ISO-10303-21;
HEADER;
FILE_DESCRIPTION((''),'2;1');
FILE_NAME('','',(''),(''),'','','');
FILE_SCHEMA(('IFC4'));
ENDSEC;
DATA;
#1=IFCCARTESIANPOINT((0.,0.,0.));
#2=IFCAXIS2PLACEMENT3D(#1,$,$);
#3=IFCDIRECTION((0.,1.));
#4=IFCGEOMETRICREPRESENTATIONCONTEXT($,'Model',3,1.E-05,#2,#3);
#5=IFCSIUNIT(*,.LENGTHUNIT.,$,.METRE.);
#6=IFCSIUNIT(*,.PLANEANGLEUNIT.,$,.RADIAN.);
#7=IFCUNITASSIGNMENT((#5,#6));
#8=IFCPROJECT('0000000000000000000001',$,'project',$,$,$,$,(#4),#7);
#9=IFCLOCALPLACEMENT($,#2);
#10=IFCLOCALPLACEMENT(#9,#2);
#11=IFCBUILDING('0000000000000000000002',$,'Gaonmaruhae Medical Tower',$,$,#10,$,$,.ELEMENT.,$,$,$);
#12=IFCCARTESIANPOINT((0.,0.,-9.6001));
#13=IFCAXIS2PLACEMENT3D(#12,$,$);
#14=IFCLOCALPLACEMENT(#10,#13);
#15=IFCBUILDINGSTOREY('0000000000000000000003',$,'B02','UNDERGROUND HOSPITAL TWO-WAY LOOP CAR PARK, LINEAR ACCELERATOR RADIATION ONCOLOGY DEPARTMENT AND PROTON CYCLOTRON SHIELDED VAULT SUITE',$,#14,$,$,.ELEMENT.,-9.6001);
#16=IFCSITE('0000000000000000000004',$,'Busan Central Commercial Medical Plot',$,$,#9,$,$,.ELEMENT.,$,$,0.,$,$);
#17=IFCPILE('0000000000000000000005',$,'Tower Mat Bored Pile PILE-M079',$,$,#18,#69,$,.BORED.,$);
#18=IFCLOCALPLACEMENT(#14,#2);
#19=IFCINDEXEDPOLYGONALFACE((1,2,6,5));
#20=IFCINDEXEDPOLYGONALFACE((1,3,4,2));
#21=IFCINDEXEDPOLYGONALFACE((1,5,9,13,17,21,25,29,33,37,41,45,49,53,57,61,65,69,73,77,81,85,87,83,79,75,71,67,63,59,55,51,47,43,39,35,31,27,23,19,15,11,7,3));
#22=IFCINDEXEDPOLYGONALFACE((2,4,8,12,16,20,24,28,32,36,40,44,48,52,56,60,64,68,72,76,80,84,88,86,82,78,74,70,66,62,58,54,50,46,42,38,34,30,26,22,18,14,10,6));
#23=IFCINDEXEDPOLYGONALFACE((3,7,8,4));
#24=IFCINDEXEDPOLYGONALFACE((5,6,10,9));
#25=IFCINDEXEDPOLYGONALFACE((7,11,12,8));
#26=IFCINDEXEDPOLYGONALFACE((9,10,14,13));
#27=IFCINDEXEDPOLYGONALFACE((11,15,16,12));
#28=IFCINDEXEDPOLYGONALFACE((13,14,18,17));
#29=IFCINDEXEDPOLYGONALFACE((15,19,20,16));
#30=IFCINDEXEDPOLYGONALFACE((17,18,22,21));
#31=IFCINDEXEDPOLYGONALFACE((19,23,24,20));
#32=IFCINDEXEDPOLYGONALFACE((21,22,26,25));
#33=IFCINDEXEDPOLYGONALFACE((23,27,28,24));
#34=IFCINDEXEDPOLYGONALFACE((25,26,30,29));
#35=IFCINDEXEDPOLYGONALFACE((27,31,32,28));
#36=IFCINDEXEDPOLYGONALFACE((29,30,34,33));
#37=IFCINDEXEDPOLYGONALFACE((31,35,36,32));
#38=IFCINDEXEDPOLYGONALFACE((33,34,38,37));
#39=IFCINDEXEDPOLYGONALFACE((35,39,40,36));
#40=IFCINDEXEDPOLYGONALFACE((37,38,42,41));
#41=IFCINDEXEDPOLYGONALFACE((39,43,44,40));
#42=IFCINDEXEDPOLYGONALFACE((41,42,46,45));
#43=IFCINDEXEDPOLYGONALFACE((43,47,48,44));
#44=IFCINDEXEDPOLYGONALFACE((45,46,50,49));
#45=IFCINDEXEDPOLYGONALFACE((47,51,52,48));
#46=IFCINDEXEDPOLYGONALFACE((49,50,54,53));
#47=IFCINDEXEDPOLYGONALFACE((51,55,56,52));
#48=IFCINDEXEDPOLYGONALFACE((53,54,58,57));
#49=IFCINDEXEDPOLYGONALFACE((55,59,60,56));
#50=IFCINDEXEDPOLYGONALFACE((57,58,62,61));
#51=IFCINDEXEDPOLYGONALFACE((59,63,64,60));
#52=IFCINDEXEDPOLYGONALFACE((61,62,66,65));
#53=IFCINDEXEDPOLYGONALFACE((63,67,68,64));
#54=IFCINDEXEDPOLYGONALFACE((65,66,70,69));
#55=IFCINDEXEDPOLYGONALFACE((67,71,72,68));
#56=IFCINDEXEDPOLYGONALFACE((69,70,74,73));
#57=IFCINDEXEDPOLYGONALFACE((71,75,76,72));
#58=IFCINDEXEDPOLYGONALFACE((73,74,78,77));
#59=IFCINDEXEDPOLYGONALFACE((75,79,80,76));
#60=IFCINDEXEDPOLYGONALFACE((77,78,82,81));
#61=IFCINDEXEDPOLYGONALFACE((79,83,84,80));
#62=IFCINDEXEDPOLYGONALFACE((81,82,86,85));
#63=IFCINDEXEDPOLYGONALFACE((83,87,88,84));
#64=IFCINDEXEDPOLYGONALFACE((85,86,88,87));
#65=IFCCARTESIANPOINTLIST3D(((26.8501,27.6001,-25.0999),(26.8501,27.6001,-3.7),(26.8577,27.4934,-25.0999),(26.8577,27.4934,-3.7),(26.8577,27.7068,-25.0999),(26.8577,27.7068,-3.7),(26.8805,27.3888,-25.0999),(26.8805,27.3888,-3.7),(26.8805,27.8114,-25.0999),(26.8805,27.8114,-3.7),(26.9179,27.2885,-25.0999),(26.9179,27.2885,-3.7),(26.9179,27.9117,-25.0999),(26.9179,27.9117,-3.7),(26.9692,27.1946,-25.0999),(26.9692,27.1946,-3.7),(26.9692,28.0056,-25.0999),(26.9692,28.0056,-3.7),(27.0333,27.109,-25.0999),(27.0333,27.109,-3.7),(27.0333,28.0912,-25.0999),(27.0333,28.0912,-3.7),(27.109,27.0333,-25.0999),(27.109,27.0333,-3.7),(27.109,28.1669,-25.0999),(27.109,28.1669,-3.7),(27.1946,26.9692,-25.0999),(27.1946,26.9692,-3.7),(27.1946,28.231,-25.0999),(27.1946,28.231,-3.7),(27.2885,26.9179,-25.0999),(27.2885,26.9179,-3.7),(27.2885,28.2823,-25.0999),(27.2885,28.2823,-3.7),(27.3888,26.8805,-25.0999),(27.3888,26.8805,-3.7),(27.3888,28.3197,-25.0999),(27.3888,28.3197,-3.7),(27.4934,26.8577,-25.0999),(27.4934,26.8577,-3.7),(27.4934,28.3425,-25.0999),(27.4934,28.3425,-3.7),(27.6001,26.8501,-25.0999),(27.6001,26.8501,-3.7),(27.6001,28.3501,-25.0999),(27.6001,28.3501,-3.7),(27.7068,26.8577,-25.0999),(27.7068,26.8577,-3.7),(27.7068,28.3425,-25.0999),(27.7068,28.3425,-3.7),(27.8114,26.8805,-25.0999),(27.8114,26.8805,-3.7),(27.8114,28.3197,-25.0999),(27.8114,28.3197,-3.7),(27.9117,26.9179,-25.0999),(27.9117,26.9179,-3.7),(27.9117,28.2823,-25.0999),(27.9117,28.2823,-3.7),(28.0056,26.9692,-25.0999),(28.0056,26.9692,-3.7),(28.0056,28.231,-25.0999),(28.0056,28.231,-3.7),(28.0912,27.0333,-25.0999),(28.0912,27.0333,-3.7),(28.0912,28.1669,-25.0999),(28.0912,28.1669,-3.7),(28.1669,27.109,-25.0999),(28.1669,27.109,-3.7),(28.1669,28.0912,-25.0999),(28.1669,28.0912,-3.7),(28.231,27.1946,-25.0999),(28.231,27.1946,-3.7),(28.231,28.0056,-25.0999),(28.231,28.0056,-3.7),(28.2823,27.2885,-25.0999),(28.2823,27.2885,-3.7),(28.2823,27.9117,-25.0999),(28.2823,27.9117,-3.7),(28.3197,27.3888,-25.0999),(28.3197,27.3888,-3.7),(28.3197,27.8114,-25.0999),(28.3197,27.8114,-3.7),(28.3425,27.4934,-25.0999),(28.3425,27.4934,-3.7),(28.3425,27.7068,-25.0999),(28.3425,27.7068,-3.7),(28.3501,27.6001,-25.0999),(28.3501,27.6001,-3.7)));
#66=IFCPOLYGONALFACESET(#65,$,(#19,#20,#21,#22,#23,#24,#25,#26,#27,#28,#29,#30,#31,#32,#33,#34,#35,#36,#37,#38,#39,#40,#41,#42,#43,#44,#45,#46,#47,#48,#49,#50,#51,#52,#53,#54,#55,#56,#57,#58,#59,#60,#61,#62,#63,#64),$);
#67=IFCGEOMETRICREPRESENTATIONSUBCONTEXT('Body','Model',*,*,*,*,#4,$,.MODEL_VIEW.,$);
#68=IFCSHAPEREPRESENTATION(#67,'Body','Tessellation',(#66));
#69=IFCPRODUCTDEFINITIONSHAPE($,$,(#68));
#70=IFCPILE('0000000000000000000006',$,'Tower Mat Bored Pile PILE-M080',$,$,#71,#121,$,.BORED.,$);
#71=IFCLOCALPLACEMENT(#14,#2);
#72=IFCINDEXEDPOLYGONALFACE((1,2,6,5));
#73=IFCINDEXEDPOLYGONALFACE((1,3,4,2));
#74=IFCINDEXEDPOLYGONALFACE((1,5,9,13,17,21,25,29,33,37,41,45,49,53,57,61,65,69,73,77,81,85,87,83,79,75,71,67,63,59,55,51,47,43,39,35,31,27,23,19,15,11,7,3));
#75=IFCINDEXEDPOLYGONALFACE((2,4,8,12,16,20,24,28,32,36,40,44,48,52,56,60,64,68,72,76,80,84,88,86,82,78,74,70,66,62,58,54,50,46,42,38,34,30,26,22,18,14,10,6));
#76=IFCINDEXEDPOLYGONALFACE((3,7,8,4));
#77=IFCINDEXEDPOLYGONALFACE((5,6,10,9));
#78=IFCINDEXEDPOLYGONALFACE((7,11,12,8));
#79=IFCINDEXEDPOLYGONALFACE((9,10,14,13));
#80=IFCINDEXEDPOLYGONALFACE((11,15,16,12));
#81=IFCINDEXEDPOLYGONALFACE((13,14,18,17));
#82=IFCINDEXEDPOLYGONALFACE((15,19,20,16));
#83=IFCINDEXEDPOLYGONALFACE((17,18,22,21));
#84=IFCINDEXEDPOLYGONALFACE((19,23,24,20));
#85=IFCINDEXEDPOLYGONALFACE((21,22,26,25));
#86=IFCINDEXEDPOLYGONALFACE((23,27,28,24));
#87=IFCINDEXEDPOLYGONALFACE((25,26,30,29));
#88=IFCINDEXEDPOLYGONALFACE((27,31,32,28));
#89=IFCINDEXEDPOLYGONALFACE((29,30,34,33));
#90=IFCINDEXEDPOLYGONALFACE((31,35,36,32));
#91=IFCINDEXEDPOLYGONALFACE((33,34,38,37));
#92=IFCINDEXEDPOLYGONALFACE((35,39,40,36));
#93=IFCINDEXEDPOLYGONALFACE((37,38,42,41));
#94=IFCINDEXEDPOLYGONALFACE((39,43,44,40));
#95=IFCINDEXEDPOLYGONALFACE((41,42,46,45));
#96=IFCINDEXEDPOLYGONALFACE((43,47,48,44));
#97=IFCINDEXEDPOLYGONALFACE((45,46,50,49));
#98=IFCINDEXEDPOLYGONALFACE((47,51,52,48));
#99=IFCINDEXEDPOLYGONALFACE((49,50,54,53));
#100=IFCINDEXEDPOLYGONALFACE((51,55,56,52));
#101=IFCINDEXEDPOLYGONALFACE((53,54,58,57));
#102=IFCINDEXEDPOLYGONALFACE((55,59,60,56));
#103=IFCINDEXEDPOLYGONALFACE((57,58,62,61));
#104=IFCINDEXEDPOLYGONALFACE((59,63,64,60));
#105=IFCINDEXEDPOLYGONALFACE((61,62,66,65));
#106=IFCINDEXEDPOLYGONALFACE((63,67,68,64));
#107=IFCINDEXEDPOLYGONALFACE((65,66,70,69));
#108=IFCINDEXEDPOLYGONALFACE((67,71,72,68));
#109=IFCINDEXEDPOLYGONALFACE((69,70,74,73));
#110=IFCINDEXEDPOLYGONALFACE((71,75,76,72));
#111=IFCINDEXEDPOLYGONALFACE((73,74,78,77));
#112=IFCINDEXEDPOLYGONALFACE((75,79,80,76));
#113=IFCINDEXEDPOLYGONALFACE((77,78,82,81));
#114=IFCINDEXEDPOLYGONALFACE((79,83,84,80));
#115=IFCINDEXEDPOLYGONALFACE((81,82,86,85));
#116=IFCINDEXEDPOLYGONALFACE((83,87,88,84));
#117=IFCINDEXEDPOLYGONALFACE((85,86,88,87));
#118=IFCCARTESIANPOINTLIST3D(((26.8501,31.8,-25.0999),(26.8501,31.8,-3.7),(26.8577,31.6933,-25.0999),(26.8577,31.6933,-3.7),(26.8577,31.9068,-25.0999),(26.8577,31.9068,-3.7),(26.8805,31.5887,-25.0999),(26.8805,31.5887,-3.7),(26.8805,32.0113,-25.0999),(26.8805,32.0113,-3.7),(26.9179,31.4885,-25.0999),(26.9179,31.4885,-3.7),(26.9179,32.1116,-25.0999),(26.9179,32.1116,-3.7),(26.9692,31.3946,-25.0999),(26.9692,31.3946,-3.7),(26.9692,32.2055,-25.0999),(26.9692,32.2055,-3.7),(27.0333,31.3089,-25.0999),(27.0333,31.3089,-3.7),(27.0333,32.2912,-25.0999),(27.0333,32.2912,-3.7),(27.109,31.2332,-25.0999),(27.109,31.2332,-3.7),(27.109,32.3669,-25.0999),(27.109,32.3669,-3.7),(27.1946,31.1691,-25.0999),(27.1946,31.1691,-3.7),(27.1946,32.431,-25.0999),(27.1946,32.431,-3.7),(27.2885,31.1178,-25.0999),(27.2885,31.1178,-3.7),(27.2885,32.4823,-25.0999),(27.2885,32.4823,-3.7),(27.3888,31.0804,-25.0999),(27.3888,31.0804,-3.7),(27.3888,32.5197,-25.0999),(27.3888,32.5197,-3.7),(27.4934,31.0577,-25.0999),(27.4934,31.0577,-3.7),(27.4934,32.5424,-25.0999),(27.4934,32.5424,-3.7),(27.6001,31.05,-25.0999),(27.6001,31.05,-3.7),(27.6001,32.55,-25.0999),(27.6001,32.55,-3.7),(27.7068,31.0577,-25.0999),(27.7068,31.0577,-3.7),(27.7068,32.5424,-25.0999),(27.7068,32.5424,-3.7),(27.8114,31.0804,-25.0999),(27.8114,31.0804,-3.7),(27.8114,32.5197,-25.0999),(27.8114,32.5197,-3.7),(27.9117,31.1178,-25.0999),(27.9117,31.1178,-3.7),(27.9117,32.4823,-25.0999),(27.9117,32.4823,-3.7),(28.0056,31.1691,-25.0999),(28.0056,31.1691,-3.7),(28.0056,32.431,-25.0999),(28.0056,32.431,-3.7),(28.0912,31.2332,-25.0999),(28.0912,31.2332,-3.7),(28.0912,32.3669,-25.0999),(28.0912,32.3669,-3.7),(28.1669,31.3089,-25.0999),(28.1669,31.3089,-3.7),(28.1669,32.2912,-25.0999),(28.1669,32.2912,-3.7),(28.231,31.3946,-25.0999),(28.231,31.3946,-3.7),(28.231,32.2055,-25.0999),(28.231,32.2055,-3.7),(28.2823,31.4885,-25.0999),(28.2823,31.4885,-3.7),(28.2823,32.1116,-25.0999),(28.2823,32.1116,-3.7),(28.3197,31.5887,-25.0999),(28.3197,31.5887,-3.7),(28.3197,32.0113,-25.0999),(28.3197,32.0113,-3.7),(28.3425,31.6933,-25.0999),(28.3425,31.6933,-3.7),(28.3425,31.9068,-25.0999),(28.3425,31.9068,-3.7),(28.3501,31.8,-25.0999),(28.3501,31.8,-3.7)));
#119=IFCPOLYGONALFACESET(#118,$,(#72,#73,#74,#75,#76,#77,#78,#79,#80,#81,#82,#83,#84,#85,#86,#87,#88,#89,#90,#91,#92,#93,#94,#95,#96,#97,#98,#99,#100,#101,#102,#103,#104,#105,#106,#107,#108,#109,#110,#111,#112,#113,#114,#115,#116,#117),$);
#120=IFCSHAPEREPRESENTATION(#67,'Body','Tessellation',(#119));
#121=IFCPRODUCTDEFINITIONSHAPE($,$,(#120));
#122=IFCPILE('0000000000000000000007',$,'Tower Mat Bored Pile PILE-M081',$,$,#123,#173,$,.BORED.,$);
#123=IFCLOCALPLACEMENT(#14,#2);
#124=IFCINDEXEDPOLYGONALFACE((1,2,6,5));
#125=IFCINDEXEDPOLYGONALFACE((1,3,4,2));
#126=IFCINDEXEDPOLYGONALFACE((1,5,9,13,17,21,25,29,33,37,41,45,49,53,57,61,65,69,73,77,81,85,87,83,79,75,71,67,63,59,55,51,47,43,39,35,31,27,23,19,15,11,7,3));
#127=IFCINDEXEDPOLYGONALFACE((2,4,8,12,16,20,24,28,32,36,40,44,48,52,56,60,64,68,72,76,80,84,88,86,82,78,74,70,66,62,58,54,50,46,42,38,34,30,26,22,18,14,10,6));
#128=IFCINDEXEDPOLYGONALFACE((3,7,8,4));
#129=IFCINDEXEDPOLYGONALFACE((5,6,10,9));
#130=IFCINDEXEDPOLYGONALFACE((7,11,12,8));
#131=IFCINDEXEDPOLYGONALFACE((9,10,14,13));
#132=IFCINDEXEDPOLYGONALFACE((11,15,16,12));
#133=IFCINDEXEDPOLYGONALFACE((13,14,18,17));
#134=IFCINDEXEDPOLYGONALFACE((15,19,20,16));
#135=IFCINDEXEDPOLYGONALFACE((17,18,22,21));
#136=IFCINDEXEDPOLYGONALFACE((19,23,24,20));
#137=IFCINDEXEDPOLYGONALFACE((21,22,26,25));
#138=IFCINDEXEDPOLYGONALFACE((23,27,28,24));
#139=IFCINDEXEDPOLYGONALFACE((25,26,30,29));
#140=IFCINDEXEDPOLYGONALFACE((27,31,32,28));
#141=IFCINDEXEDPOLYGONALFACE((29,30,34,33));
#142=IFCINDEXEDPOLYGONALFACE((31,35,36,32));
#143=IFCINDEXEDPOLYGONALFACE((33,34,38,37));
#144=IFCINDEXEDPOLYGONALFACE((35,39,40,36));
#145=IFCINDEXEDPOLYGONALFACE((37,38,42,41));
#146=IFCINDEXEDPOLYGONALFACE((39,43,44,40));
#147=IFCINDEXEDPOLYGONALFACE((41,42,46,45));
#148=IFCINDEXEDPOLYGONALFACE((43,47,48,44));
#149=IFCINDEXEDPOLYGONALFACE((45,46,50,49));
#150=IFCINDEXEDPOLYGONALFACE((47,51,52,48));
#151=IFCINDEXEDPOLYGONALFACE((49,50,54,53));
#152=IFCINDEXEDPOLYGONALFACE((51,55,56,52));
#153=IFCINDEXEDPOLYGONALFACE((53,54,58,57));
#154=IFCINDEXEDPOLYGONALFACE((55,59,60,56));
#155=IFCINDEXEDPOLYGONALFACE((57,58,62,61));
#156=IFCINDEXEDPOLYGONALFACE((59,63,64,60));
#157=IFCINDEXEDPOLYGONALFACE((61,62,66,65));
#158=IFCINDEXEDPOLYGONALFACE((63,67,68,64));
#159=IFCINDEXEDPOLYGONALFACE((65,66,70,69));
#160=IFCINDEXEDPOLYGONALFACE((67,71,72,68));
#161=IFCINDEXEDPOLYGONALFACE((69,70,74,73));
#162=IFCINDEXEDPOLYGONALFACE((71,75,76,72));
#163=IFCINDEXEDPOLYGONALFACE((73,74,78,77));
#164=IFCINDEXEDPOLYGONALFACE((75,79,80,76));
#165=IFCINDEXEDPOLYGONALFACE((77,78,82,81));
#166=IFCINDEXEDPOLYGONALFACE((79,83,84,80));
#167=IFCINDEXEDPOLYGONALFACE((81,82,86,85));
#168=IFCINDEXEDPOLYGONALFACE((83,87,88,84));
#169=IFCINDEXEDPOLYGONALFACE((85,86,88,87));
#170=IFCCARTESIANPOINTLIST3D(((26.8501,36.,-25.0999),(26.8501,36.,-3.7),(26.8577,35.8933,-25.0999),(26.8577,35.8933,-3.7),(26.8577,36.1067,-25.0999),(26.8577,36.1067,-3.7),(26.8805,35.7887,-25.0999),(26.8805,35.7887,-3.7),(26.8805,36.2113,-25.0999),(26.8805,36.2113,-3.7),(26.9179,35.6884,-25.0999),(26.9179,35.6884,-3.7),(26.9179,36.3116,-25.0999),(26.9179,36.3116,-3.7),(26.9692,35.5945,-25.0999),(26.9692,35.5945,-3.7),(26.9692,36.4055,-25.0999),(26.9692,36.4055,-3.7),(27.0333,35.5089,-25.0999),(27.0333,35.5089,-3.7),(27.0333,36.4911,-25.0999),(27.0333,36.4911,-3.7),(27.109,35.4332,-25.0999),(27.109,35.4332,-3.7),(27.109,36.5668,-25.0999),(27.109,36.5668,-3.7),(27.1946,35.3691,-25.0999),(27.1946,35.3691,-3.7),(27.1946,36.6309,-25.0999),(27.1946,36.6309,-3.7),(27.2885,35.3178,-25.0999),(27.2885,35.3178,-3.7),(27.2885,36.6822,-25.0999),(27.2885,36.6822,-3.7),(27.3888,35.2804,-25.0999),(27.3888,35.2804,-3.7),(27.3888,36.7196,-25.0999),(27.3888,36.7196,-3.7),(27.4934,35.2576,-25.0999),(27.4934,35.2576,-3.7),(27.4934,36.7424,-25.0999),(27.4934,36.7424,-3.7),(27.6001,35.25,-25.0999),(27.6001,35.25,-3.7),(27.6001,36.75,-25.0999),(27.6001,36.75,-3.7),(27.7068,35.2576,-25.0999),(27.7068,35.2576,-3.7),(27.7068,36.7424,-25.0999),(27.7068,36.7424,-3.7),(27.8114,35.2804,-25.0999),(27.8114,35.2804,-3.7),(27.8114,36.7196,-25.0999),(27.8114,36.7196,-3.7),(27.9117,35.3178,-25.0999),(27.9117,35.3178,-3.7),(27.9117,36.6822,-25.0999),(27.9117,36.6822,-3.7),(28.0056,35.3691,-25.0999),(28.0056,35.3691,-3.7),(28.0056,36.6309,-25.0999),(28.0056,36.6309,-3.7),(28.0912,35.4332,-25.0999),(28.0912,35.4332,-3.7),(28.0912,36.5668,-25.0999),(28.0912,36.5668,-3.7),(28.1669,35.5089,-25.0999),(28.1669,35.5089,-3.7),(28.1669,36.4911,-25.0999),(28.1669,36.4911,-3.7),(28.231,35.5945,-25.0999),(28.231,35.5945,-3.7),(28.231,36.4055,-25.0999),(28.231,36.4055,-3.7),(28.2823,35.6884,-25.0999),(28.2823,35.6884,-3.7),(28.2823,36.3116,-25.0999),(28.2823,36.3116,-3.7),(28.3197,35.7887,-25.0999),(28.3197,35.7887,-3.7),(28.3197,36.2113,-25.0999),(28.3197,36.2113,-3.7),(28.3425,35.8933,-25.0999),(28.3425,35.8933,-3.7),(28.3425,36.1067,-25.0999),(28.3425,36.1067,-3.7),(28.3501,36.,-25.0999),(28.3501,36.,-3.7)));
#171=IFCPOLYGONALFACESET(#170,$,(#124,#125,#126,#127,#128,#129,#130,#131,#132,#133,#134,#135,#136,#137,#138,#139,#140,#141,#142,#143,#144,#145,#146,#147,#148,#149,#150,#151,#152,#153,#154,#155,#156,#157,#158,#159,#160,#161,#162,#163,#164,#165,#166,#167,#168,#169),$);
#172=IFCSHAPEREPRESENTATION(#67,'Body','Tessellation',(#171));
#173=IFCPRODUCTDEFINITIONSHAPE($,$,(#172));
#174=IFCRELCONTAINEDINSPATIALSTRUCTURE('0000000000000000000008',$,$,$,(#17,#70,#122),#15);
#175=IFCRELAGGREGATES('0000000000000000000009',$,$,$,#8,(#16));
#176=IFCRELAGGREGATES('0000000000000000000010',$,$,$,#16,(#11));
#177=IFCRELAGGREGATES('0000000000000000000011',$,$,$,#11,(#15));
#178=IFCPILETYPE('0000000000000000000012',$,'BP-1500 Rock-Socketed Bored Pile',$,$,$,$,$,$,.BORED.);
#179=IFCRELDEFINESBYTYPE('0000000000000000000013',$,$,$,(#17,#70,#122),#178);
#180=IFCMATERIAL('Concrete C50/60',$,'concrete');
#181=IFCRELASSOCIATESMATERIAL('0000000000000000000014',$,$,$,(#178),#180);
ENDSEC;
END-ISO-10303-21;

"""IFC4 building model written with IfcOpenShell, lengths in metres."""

from ifc_helpers import new_model, si_unit, direction, frame, origin, origin_2d, place, context, subcontext, project, spatial, circle, extrude, material, material_profile, profile_set, type_object, element, save


model = new_model("IFC4")

# Units and contexts
model_context = context("Model", 3, precision=1e-05, world=origin(), true_north=direction((0.0, 1.0)))
body_context = subcontext(model_context, "Body", "Model", "MODEL_VIEW")
ifc_project = project(units=[si_unit("LENGTHUNIT", "METRE"), si_unit("PLANEANGLEUNIT", "RADIAN")], contexts=[model_context])

# Site, building, storey
site_placement = place(None, origin())
site = spatial("IfcSite", under=ifc_project, at=site_placement, Name="Busan Central Commercial Medical Plot", CompositionType="ELEMENT", RefElevation=0.0)
building_placement = place(site_placement, origin())
building = spatial("IfcBuilding", under=site, at=building_placement, Name="Gaonmaruhae Medical Tower", CompositionType="ELEMENT")
storey_placement = place(building_placement, frame((0.0, 0.0, -9.6001)))
storey = spatial("IfcBuildingStorey", under=building, at=storey_placement, Name="B02", Description="UNDERGROUND HOSPITAL TWO-WAY LOOP CAR PARK, LINEAR ACCELERATOR RADIATION ONCOLOGY DEPARTMENT AND PROTON CYCLOTRON SHIELDED VAULT SUITE", CompositionType="ELEMENT", Elevation=-9.6001)

# Piles
ifc_material_1 = material(Name="Concrete C50/60", Category="concrete")
ifc_material_profile_1 = material_profile(ifc_material_1, circle(Radius=0.75, at=origin_2d()), Name="PILE-D1500")
ifc_profile_set_1 = profile_set([ifc_material_profile_1], Name="Concrete C50/60")
pile_type = type_object("IfcPileType", Name="BP-1500 Rock-Socketed Bored Pile", PredefinedType="BORED", material=ifc_profile_set_1)
for number, where, z_axis, x_axis, name in (
    (1, (27.6001, 27.6001, -3.7), (0.0, 0.0, -1.0), (1.0, 0.0, 0.0), "Tower Mat Bored Pile PILE-M079"),
    (2, (27.6001, 31.8, -3.7), (0.0, 0.0, -1.0), (1.0, 0.0, 0.0), "Tower Mat Bored Pile PILE-M080"),
    (3, (27.6001, 36.0, -3.7), (0.0, 0.0, -1.0), (1.0, 0.0, 0.0), "Tower Mat Bored Pile PILE-M081"),
):
    element("IfcPile", number, at=place(storey_placement, frame(where, z_axis=z_axis, x_axis=x_axis)), inside=storey, type_object=pile_type, Name=name, PredefinedType="BORED", context=body_context, shape_type="SweptSolid", body=[
        extrude(circle(Radius=0.75, at=origin_2d()), origin(), (0.0, 0.0, 1.0), 21.3999),
    ])

save(model, "model.ifc")
